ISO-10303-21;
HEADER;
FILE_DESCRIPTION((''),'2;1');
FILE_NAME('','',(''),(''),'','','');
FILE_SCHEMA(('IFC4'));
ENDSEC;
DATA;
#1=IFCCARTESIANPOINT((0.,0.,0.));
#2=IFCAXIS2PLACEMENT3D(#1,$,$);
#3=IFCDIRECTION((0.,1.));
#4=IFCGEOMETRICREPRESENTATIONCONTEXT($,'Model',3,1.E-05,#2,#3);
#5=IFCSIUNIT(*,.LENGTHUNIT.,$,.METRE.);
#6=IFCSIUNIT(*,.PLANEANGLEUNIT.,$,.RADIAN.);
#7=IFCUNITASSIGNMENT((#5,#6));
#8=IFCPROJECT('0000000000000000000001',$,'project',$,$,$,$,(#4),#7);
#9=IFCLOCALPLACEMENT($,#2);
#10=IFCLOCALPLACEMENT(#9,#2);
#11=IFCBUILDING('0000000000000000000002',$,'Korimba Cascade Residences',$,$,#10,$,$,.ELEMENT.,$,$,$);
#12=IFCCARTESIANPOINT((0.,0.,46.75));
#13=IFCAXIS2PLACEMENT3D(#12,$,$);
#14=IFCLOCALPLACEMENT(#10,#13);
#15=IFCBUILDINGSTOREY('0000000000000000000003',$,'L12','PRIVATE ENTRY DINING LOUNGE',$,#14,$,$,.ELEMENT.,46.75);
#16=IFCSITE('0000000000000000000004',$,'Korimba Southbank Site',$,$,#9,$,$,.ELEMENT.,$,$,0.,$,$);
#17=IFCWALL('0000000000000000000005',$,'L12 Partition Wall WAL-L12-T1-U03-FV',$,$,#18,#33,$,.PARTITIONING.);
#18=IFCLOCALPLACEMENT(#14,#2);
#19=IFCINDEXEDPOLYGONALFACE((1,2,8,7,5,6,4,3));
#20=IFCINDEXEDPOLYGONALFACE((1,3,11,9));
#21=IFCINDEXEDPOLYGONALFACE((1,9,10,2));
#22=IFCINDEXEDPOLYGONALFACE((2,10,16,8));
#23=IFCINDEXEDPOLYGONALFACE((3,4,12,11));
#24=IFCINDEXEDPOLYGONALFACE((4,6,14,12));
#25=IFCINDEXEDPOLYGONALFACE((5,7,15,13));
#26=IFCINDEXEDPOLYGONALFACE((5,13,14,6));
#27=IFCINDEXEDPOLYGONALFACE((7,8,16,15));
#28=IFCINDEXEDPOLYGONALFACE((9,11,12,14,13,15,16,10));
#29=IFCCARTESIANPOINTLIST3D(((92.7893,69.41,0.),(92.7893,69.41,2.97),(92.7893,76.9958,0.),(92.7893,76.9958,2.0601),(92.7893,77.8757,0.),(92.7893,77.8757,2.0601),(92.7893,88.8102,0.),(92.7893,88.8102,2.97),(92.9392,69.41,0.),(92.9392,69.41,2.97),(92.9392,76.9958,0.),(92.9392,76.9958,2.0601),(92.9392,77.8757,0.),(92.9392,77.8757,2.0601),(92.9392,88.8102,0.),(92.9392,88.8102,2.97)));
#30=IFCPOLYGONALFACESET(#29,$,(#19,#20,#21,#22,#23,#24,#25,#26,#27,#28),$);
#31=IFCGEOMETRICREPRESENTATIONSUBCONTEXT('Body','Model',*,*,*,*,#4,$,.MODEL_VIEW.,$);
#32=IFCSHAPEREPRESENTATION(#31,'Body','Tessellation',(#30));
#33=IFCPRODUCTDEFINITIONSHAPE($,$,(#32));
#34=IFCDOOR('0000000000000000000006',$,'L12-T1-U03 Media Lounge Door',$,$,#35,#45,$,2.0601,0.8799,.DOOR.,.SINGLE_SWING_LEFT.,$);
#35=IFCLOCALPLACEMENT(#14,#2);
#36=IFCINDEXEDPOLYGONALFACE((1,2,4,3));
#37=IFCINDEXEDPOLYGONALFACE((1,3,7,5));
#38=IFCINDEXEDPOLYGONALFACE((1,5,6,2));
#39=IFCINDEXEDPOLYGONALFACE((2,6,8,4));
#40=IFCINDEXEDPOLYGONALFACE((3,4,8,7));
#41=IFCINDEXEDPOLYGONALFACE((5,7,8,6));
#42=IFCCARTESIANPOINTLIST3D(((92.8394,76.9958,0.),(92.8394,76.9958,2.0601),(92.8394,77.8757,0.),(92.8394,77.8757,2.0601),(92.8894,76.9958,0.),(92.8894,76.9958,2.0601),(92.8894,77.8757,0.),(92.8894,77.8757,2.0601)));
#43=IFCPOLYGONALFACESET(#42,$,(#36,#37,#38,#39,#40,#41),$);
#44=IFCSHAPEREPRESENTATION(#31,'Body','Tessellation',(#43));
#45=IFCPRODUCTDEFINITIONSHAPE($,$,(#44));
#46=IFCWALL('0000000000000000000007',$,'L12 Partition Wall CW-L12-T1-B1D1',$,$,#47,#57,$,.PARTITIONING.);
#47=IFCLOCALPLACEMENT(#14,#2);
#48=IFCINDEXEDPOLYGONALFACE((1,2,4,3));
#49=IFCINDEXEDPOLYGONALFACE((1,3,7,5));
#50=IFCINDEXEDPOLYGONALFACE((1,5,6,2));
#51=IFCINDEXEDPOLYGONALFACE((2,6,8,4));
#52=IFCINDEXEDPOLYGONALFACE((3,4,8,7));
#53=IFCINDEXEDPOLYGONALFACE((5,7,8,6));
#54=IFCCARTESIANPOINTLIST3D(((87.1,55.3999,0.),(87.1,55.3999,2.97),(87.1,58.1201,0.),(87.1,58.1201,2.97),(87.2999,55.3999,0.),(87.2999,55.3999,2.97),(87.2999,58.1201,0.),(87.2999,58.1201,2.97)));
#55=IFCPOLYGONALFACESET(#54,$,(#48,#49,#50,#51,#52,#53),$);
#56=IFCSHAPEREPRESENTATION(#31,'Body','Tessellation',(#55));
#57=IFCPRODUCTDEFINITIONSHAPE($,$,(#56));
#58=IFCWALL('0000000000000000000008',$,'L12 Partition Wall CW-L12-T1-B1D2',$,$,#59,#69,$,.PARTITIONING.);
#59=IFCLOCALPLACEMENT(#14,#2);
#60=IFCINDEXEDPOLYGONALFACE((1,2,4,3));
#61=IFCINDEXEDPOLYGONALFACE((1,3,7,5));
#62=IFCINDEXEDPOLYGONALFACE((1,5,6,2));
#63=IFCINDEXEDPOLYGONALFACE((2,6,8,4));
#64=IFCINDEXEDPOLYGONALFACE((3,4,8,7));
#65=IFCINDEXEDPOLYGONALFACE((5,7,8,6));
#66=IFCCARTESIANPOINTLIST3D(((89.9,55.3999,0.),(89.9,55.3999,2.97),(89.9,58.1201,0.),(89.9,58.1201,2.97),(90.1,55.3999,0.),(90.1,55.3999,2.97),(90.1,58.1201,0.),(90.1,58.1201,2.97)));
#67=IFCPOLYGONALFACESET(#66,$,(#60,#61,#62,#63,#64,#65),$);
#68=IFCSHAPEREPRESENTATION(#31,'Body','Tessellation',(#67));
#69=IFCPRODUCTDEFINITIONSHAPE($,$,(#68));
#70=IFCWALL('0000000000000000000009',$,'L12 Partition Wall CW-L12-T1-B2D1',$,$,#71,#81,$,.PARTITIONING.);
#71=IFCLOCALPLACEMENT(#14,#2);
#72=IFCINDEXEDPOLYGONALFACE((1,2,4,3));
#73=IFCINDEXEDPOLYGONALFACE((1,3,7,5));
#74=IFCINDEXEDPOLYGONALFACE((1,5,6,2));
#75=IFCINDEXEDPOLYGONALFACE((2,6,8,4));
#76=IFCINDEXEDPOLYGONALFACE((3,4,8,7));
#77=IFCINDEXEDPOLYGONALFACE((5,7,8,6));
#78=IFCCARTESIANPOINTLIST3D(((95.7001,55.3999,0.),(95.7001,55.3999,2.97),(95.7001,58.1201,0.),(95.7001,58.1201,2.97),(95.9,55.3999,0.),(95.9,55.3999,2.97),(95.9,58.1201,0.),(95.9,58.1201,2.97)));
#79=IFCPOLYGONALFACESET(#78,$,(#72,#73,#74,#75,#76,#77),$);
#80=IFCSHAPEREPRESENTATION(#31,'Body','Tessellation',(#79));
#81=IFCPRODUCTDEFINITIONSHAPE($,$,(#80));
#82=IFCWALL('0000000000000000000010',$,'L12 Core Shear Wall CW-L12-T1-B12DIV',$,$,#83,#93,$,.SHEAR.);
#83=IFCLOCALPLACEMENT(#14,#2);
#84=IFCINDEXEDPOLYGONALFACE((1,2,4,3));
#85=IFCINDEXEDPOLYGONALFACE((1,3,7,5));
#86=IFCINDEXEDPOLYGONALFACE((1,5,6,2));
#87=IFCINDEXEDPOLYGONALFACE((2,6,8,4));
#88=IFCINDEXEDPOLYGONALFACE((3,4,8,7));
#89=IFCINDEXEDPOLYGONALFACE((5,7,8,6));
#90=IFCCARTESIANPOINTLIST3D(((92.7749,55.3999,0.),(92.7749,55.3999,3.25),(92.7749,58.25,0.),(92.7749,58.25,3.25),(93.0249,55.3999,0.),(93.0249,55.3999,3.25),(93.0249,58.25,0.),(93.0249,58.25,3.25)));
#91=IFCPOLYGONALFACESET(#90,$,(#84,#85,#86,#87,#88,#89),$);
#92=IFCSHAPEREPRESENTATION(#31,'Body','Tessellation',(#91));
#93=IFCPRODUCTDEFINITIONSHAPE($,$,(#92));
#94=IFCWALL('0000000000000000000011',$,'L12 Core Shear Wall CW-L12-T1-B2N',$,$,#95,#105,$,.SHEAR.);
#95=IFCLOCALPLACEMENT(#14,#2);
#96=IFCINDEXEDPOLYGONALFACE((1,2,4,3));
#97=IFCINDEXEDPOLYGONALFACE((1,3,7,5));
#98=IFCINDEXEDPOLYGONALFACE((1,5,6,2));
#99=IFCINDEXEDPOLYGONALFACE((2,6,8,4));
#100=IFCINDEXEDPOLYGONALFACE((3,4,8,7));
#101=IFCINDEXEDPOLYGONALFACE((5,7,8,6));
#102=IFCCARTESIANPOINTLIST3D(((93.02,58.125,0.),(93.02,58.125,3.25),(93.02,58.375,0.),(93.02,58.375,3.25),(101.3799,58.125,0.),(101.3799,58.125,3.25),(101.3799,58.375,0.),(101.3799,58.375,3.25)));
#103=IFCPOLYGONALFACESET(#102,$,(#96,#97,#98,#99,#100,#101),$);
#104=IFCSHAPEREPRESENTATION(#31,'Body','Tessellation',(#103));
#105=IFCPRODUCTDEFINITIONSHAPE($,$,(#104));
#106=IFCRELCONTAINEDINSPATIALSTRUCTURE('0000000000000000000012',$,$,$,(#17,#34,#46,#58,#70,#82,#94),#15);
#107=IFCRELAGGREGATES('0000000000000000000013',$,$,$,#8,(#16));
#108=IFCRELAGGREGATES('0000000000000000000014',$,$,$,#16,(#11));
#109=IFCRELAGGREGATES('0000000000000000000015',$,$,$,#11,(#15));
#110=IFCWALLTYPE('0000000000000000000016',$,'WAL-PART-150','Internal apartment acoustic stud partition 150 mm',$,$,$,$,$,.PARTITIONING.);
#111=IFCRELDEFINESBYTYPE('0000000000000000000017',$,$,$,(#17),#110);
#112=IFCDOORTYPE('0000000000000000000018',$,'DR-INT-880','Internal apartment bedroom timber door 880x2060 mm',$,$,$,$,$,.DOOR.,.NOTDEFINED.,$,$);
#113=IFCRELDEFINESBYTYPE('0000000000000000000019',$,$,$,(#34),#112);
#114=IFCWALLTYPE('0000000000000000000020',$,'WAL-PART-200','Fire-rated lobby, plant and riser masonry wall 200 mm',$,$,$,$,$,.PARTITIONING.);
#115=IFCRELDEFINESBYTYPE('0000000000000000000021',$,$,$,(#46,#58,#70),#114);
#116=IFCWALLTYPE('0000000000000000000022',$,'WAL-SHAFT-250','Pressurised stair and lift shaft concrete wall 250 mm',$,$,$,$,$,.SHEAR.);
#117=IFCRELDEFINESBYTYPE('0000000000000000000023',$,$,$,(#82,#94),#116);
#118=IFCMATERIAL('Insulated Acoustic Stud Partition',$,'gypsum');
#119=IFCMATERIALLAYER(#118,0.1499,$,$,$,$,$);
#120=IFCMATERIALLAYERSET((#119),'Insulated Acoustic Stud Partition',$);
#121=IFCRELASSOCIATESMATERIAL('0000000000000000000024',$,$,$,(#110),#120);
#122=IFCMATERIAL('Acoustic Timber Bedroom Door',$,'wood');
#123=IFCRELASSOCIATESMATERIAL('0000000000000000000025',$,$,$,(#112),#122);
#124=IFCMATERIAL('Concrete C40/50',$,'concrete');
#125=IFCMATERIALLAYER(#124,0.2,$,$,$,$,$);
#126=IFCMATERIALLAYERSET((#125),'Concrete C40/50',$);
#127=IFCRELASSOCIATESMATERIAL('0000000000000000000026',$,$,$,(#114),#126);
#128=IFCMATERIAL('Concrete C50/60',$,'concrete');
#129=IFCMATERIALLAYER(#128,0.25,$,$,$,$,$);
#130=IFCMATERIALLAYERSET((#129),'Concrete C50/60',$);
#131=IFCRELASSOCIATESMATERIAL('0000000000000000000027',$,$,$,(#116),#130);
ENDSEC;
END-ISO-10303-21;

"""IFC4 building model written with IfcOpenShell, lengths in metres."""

from ifc_helpers import new_model, si_unit, direction, frame, frame_2d, origin, place, context, subcontext, project, spatial, rectangle, extrude, material, layer, layer_set, type_object, element, fill, save


model = new_model("IFC4")

# Units and contexts
model_context = context("Model", 3, precision=1e-05, world=origin(), true_north=direction((0.0, 1.0)))
body_context = subcontext(model_context, "Body", "Model", "MODEL_VIEW")
ifc_project = project(units=[si_unit("LENGTHUNIT", "METRE"), si_unit("PLANEANGLEUNIT", "RADIAN")], contexts=[model_context])

# Site, building, storey
site_placement = place(None, origin())
site = spatial("IfcSite", under=ifc_project, at=site_placement, Name="Korimba Southbank Site", CompositionType="ELEMENT", RefElevation=0.0)
building_placement = place(site_placement, origin())
building = spatial("IfcBuilding", under=site, at=building_placement, Name="Korimba Cascade Residences", CompositionType="ELEMENT")
storey_placement = place(building_placement, frame((0.0, 0.0, 46.75)))
storey = spatial("IfcBuildingStorey", under=building, at=storey_placement, Name="L12", Description="PRIVATE ENTRY DINING LOUNGE", CompositionType="ELEMENT", Elevation=46.75)

# Shared definitions
ifc_material_1 = material(Name="Concrete C50/60", Category="concrete")

# Shared definitions
ifc_material_2 = material(Name="Insulated Acoustic Stud Partition", Category="gypsum")
ifc_layer_1 = layer(ifc_material_2, 0.1499)
ifc_layer_set_1 = layer_set([ifc_layer_1], Name="Insulated Acoustic Stud Partition")
wall_type_1 = type_object("IfcWallType", Name="WAL-PART-150", Description="Internal apartment acoustic stud partition 150 mm", PredefinedType="PARTITIONING", material=ifc_layer_set_1)

# Shared definitions
ifc_material_3 = material(Name="Acoustic Timber Bedroom Door", Category="wood")
door_type_1 = type_object("IfcDoorType", Name="DR-INT-880", Description="Internal apartment bedroom timber door 880x2060 mm", OperationType="NOTDEFINED", PredefinedType="DOOR", material=ifc_material_3)

# Wall, opening, door
wall_1_placement = place(storey_placement, frame((92.8643, 69.4099, 0.0), z_axis=(0.0, 0.0, 1.0), x_axis=(0.0, 1.0, 0.0)))
wall_1 = element("IfcWall", 1, at=wall_1_placement, inside=storey, type_object=wall_type_1, Name="L12 Partition Wall WAL-L12-T1-U03-FV", PredefinedType="PARTITIONING", context=body_context, shape_type="SweptSolid", body=[
    extrude(rectangle(XDim=19.4001, YDim=0.1499, at=frame_2d((9.7002, 0.0))), origin(), (0.0, 0.0, 1.0), 2.97),
])
opening_1_placement = place(wall_1_placement, frame((7.5859, 0.0, 0.0)))
opening_1 = element("IfcOpeningElement", 2, at=opening_1_placement, cuts=wall_1, PredefinedType="OPENING", context=body_context, shape_type="SweptSolid", body=[
    extrude(rectangle(XDim=0.8799, YDim=2.0601, at=frame_2d((0.4399, 1.03))), frame((0.0, 0.085, 0.0), z_axis=(0.0, -1.0, 0.0), x_axis=(1.0, 0.0, 0.0)), (0.0, 0.0, 1.0), 0.1699),
])
door_1_placement = place(opening_1_placement, origin())
door_1 = element("IfcDoor", 3, at=door_1_placement, inside=storey, type_object=door_type_1, Name="L12-T1-U03 Media Lounge Door", OperationType="SINGLE_SWING_LEFT", OverallHeight=2.0601, OverallWidth=0.8799, PredefinedType="DOOR", context=body_context, shape_type="SweptSolid", body=[
    extrude(rectangle(XDim=0.8799, YDim=2.0601, at=frame_2d((0.4399, 1.03))), frame((0.0, 0.0249, 0.0), z_axis=(0.0, -1.0, 0.0), x_axis=(1.0, 0.0, 0.0)), (0.0, 0.0, 1.0), 0.05),
])
fill(opening_1, door_1)

# Walls
ifc_material_4 = material(Name="Concrete C40/50", Category="concrete")
ifc_layer_2 = layer(ifc_material_4, 0.2)
ifc_layer_set_2 = layer_set([ifc_layer_2], Name="Concrete C40/50")
wall_type_2 = type_object("IfcWallType", Name="WAL-PART-200", Description="Fire-rated lobby, plant and riser masonry wall 200 mm", PredefinedType="PARTITIONING", material=ifc_layer_set_2)
for number, where, z_axis, x_axis, name in (
    (4, (87.2, 55.3999, 0.0), (0.0, 0.0, 1.0), (0.0, 1.0, 0.0), "L12 Partition Wall CW-L12-T1-B1D1"),
    (5, (90.0, 55.3999, 0.0), (0.0, 0.0, 1.0), (0.0, 1.0, 0.0), "L12 Partition Wall CW-L12-T1-B1D2"),
    (6, (95.8, 55.3999, 0.0), (0.0, 0.0, 1.0), (0.0, 1.0, 0.0), "L12 Partition Wall CW-L12-T1-B2D1"),
):
    element("IfcWall", number, at=place(storey_placement, frame(where, z_axis=z_axis, x_axis=x_axis)), inside=storey, type_object=wall_type_2, Name=name, PredefinedType="PARTITIONING", context=body_context, shape_type="SweptSolid", body=[
        extrude(rectangle(XDim=2.7202, YDim=0.2, at=frame_2d((1.3601, 0.0))), origin(), (0.0, 0.0, 1.0), 2.97),
    ])
ifc_layer_3 = layer(ifc_material_1, 0.25)
ifc_layer_set_3 = layer_set([ifc_layer_3], Name="Concrete C50/60")
wall_type_3 = type_object("IfcWallType", Name="WAL-SHAFT-250", Description="Pressurised stair and lift shaft concrete wall 250 mm", PredefinedType="SHEAR", material=ifc_layer_set_3)
wall_2_placement = place(storey_placement, frame((92.8999, 55.3999, 0.0), z_axis=(0.0, 0.0, 1.0), x_axis=(0.0, 1.0, 0.0)))
element("IfcWall", 7, at=wall_2_placement, inside=storey, type_object=wall_type_3, Name="L12 Core Shear Wall CW-L12-T1-B12DIV", PredefinedType="SHEAR", context=body_context, shape_type="SweptSolid", body=[
    extrude(rectangle(XDim=2.8501, YDim=0.25, at=frame_2d((1.425, 0.0))), origin(), (0.0, 0.0, 1.0), 3.25),
])
wall_3_placement = place(storey_placement, frame((93.02, 58.25, 0.0), z_axis=(0.0, 0.0, 1.0), x_axis=(1.0, 0.0, 0.0)))
element("IfcWall", 8, at=wall_3_placement, inside=storey, type_object=wall_type_3, Name="L12 Core Shear Wall CW-L12-T1-B2N", PredefinedType="SHEAR", context=body_context, shape_type="SweptSolid", body=[
    extrude(rectangle(XDim=8.3599, YDim=0.25, at=frame_2d((4.1799, 0.0))), origin(), (0.0, 0.0, 1.0), 3.25),
])

save(model, "model.ifc")
